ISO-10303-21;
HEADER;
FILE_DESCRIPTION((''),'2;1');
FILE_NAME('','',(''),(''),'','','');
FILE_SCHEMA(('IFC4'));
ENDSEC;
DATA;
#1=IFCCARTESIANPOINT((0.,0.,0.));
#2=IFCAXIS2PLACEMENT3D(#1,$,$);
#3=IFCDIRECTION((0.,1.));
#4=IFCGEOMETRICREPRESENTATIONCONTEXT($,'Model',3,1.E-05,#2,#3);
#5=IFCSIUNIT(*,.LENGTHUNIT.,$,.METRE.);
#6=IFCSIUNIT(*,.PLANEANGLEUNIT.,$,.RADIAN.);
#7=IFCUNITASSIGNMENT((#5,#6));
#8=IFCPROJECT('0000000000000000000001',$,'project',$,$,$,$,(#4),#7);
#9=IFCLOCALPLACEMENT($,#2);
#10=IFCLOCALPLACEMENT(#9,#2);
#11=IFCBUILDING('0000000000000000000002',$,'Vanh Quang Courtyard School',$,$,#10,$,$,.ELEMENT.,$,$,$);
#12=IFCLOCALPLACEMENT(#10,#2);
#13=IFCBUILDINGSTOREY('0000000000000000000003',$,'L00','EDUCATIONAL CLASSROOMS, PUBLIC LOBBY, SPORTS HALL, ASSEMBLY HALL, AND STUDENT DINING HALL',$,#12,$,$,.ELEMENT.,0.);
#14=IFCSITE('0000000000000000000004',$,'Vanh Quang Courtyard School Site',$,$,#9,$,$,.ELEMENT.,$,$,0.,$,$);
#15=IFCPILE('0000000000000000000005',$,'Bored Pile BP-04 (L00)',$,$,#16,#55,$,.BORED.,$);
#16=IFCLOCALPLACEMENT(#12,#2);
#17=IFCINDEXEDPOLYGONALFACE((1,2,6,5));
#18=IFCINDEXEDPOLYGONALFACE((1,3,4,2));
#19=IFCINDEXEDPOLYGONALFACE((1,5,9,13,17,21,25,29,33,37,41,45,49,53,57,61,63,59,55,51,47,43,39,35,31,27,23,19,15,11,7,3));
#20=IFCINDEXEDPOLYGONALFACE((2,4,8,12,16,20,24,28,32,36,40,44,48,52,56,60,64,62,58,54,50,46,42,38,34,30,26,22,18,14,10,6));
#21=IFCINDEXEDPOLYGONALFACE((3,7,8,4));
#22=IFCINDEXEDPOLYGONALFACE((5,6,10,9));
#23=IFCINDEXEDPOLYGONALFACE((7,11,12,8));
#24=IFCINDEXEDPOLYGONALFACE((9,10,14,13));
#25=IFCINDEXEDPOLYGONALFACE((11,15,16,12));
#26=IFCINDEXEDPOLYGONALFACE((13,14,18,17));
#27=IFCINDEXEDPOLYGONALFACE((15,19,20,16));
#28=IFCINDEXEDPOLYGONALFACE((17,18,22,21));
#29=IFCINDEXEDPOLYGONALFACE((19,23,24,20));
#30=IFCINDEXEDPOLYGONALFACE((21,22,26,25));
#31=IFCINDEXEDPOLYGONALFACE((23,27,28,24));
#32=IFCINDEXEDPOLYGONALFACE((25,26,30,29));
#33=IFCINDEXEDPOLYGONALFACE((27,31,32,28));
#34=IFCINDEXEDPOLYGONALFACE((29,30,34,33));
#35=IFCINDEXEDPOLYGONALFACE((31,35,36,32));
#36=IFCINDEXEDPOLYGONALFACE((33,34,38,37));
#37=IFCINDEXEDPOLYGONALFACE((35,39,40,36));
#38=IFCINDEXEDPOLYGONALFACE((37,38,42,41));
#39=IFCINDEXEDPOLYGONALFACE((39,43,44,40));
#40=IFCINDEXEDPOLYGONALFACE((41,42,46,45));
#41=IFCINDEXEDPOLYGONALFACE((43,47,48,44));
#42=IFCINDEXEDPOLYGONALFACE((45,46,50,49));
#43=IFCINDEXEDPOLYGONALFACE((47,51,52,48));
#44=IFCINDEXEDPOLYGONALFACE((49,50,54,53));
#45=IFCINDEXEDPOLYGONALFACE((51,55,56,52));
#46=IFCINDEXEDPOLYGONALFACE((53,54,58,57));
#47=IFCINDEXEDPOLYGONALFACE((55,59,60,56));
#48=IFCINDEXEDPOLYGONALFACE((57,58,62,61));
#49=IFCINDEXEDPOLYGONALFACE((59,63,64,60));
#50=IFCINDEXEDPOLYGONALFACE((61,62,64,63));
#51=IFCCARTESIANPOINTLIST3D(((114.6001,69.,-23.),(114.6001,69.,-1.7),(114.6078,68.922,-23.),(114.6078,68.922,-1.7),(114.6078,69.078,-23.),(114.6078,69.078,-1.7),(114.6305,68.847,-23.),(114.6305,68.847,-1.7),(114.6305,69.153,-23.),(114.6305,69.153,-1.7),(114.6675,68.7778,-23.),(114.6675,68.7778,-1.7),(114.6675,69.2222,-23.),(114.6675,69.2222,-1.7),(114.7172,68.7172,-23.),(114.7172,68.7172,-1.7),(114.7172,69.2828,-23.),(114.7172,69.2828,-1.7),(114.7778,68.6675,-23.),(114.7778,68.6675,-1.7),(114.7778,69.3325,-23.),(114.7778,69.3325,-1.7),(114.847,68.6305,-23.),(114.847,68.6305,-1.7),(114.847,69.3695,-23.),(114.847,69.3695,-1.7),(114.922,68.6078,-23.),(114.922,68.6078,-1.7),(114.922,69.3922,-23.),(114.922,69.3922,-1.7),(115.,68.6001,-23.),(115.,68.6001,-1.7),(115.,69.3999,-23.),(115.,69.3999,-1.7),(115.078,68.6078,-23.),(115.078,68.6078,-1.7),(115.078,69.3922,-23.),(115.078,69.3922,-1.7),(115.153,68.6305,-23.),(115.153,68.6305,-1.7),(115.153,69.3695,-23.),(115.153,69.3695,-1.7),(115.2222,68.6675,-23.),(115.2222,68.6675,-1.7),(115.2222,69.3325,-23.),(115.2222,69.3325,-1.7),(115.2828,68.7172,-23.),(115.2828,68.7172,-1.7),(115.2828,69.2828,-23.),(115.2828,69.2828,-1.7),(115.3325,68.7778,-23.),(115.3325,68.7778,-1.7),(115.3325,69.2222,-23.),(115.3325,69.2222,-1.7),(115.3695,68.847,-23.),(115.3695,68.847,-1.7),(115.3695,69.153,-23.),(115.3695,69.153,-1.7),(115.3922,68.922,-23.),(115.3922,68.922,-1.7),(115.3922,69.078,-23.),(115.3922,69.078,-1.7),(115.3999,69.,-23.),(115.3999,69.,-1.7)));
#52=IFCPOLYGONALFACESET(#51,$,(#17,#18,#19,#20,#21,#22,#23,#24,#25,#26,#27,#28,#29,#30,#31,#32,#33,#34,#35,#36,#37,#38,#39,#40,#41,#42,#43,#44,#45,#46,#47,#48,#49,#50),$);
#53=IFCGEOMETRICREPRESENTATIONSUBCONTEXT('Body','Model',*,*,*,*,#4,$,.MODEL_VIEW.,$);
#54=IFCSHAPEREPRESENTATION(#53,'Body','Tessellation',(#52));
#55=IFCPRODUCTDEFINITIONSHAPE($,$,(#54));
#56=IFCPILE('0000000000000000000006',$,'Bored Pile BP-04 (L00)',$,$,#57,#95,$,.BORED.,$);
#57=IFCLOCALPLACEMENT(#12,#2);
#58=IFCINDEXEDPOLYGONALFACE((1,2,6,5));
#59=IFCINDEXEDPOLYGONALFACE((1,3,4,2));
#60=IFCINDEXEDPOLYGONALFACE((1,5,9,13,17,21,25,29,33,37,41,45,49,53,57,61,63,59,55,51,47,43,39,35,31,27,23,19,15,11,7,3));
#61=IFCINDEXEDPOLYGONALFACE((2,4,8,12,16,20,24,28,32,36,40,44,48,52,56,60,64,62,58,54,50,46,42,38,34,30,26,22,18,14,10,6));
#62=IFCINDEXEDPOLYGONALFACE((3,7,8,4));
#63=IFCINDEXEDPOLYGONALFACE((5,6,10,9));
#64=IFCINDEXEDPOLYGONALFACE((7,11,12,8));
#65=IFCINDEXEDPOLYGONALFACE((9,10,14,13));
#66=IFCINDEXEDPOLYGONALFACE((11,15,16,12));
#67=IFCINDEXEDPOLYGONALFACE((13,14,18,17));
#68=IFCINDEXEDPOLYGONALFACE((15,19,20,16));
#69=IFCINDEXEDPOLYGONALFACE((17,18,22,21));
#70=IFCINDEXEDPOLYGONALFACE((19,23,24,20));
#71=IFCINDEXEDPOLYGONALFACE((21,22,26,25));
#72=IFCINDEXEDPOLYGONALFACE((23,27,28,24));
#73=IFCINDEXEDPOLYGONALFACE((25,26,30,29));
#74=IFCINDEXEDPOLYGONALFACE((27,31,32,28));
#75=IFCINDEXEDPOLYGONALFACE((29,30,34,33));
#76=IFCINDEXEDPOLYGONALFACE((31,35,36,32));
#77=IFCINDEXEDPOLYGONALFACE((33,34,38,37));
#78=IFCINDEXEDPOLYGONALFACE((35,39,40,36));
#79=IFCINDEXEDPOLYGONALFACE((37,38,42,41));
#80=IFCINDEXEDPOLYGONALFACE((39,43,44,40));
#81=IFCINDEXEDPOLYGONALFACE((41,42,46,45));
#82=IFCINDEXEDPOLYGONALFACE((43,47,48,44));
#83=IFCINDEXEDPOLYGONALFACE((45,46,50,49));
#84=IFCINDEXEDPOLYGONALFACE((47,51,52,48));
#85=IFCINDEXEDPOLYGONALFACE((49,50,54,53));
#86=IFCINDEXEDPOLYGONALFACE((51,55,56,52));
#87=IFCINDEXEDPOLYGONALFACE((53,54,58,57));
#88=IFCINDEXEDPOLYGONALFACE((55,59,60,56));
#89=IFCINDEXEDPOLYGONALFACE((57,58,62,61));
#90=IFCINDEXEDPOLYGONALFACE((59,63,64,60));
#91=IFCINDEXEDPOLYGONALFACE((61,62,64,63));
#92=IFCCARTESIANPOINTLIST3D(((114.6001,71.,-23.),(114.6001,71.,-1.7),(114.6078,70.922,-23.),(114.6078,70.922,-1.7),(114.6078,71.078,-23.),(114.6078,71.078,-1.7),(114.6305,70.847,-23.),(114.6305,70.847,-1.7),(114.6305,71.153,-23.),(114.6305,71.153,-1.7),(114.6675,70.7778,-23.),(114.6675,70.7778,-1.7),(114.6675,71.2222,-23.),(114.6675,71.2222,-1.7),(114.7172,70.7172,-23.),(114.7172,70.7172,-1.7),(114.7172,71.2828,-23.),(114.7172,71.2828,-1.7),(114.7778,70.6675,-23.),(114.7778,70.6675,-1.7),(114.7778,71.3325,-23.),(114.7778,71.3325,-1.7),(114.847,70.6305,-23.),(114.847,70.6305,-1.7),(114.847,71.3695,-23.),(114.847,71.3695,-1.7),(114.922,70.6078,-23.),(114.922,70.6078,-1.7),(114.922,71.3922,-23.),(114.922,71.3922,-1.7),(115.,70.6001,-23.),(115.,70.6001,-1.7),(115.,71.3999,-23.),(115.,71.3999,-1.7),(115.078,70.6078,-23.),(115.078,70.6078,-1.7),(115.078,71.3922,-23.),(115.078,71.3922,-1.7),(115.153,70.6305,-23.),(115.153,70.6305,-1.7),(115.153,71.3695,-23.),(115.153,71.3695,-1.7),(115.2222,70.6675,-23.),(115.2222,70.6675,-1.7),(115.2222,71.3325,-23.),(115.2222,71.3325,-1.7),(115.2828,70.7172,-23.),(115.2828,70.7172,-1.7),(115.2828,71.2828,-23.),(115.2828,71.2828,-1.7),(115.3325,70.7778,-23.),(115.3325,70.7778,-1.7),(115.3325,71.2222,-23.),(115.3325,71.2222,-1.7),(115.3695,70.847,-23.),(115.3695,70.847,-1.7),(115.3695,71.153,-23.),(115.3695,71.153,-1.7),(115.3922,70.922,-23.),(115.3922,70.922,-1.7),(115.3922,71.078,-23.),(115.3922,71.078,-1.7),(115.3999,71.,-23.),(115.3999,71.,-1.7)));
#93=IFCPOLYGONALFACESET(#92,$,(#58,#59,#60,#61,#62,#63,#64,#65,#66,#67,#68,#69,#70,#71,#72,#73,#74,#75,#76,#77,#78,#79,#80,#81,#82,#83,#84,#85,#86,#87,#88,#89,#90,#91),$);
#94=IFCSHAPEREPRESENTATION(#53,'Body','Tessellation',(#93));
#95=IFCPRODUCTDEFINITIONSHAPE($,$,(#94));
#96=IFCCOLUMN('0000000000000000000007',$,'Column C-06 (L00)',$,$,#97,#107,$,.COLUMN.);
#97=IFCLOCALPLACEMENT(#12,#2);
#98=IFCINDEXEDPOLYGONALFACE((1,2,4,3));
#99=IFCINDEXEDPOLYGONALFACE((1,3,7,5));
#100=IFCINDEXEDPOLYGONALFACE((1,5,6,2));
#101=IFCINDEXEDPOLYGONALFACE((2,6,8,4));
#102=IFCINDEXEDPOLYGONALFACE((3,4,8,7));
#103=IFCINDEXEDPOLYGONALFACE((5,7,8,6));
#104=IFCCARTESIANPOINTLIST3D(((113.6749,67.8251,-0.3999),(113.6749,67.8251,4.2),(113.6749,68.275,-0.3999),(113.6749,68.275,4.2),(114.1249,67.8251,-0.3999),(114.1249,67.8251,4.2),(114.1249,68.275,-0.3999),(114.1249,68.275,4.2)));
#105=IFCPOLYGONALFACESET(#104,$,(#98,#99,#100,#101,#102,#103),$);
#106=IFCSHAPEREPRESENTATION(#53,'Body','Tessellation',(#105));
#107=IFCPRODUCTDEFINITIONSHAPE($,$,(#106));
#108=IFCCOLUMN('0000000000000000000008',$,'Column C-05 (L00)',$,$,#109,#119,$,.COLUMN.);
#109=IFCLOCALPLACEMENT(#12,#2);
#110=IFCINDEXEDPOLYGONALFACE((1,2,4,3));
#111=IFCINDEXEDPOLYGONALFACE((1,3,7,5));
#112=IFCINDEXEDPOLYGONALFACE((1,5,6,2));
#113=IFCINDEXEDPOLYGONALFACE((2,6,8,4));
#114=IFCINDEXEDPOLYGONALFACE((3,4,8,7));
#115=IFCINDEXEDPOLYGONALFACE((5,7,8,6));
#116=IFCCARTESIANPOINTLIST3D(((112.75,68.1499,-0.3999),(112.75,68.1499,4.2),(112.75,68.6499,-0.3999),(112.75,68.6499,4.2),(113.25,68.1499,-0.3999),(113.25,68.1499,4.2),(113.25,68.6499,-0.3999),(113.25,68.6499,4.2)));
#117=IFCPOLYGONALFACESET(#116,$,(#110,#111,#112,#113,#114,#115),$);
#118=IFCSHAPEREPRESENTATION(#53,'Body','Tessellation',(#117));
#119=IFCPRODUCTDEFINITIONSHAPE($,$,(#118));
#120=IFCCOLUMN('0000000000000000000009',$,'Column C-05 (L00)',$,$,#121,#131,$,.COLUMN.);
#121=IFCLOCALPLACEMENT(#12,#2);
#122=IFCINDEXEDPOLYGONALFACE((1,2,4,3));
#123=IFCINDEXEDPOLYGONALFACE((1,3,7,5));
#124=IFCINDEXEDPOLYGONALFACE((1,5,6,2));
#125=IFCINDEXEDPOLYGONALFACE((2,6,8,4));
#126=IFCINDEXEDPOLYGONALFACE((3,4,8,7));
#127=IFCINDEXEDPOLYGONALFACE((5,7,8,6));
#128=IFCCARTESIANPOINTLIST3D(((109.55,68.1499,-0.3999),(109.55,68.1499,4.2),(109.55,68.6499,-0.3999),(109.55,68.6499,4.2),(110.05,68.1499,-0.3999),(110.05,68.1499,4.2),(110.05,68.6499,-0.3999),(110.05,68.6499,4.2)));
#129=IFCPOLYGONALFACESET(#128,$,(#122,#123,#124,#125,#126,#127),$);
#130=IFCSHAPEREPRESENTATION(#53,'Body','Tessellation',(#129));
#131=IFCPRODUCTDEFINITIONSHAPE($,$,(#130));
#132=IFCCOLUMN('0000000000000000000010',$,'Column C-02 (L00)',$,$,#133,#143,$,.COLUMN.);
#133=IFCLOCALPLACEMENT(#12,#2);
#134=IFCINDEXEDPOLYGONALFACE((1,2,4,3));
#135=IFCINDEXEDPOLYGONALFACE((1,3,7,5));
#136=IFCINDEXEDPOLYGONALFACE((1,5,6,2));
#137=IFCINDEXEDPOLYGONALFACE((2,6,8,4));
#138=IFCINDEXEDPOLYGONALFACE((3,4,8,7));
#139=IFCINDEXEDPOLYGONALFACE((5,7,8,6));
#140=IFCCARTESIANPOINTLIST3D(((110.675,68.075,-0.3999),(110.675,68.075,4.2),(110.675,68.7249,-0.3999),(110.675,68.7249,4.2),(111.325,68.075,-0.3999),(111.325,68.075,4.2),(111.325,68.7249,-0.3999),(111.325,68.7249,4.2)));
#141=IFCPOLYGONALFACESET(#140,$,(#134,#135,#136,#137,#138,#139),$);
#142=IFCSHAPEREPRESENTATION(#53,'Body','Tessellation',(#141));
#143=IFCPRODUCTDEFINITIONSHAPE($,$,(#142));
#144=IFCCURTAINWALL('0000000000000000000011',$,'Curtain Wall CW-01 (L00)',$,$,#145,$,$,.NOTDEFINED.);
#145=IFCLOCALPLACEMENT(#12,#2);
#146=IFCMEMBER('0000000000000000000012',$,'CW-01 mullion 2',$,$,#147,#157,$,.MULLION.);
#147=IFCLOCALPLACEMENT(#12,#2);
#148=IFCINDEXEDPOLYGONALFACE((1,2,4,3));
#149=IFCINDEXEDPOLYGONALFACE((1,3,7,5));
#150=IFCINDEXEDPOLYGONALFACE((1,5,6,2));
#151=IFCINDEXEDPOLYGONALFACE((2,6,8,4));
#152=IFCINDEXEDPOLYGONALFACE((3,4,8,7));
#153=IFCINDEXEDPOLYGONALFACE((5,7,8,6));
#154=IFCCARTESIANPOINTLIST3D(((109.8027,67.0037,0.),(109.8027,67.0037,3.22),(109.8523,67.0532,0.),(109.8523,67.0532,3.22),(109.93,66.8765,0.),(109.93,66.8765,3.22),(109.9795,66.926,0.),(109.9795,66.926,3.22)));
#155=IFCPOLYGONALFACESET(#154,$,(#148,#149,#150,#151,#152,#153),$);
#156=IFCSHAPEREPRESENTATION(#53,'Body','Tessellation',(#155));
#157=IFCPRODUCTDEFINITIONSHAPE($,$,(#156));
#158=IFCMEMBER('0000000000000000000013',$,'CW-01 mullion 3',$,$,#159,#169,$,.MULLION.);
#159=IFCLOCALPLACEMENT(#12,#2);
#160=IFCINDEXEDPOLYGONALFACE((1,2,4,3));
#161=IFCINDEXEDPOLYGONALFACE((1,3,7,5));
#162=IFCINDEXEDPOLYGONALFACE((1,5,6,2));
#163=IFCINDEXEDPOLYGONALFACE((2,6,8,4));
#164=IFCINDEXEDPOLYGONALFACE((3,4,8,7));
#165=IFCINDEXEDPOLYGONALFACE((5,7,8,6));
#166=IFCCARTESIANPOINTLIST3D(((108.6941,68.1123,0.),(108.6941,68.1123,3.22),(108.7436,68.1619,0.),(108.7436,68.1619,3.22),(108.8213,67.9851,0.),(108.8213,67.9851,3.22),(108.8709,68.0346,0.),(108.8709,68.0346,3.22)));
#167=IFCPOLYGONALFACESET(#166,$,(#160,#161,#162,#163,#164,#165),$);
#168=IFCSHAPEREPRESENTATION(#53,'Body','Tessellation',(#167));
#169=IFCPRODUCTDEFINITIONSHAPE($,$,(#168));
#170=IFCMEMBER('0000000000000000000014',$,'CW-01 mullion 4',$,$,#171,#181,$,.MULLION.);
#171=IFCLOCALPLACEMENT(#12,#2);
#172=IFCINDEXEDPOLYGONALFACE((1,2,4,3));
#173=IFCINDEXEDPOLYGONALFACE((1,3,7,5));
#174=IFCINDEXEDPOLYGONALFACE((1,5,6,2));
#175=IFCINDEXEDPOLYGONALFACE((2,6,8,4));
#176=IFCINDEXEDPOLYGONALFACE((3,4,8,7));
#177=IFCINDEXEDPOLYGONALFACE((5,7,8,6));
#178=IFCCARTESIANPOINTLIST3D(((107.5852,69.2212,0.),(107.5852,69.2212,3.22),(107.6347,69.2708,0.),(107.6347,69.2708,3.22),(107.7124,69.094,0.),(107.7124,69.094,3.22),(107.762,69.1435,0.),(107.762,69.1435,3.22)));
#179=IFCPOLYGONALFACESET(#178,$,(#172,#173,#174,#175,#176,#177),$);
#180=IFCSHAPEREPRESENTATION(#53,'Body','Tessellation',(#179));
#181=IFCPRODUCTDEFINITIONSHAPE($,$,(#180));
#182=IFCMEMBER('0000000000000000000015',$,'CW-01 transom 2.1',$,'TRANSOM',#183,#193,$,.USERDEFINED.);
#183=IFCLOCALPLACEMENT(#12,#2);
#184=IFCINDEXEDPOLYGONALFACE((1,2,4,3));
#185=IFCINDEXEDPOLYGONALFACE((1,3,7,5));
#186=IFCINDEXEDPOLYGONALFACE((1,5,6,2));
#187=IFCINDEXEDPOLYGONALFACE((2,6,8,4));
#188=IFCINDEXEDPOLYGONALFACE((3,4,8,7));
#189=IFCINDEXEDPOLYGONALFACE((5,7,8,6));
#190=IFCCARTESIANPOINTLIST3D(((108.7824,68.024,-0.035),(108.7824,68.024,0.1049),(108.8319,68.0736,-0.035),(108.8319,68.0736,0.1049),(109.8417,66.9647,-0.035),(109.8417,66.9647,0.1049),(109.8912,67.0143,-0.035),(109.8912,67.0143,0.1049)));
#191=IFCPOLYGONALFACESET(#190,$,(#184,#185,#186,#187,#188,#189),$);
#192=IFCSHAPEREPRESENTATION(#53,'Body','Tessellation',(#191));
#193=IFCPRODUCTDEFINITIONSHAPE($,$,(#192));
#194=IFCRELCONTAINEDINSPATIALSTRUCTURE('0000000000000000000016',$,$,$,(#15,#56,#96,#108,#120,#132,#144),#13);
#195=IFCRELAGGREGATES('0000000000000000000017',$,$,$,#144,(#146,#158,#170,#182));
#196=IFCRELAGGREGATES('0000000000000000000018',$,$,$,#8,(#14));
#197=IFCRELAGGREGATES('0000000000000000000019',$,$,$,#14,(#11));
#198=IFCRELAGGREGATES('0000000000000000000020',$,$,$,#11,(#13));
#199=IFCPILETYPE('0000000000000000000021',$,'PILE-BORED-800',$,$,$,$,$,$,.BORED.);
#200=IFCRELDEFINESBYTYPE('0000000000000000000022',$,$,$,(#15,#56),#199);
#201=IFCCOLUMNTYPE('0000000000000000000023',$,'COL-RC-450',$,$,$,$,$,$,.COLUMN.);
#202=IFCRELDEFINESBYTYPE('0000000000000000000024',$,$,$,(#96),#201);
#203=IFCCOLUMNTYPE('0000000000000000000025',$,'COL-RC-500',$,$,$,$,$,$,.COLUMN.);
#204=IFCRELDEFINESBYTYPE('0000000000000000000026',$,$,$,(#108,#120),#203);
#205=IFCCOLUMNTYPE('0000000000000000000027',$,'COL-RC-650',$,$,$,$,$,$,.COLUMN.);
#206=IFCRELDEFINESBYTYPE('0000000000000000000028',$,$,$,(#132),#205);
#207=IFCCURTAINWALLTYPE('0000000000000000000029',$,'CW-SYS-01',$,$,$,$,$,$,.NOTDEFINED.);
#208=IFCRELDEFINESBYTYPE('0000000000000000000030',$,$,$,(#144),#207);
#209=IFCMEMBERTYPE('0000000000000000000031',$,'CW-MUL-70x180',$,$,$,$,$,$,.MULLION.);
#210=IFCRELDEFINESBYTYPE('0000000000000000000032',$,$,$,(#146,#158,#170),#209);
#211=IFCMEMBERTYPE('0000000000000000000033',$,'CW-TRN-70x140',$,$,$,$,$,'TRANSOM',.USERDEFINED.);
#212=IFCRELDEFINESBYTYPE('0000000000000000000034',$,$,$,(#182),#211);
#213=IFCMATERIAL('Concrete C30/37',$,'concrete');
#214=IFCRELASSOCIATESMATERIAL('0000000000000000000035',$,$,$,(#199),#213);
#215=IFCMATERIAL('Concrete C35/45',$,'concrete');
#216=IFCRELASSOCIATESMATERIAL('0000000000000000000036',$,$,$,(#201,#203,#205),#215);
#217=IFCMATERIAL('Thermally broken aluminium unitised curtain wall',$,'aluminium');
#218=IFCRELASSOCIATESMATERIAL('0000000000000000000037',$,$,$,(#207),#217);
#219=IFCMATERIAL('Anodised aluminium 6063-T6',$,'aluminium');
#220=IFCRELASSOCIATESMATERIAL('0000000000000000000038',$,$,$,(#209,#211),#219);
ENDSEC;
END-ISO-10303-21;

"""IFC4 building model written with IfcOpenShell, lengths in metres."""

from ifc_helpers import new_model, si_unit, direction, frame, origin, origin_2d, place, context, subcontext, project, spatial, rectangle, circle, extrude, material, material_profile, profile_set, type_object, element, aggregate, save


model = new_model("IFC4")

# Units and contexts
model_context = context("Model", 3, precision=1e-05, world=origin(), true_north=direction((0.0, 1.0)))
body_context = subcontext(model_context, "Body", "Model", "MODEL_VIEW")
ifc_project = project(units=[si_unit("LENGTHUNIT", "METRE"), si_unit("PLANEANGLEUNIT", "RADIAN")], contexts=[model_context])

# Site, building, storey
site_placement = place(None, origin())
site = spatial("IfcSite", under=ifc_project, at=site_placement, Name="Vanh Quang Courtyard School Site", CompositionType="ELEMENT", RefElevation=0.0)
building_placement = place(site_placement, origin())
building = spatial("IfcBuilding", under=site, at=building_placement, Name="Vanh Quang Courtyard School", CompositionType="ELEMENT")
storey_placement = place(building_placement, origin())
storey = spatial("IfcBuildingStorey", under=building, at=storey_placement, Name="L00", Description="EDUCATIONAL CLASSROOMS, PUBLIC LOBBY, SPORTS HALL, ASSEMBLY HALL, AND STUDENT DINING HALL", CompositionType="ELEMENT", Elevation=0.0)

# Shared definitions
ifc_material_1 = material(Name="Concrete C35/45", Category="concrete")

# Piles
ifc_material_2 = material(Name="Concrete C30/37", Category="concrete")
ifc_material_profile_1 = material_profile(ifc_material_2, circle(Radius=0.3999, at=origin_2d()), Name="PILE D800")
ifc_profile_set_1 = profile_set([ifc_material_profile_1], Name="Concrete C30/37")
pile_type = type_object("IfcPileType", Name="PILE-BORED-800", PredefinedType="BORED", material=ifc_profile_set_1)
for number, where, z_axis, x_axis, name in (
    (1, (115.0, 69.0, -1.7), (0.0, 0.0, -1.0), (1.0, 0.0, 0.0), "Bored Pile BP-04 (L00)"),
    (2, (115.0, 71.0, -1.7), (0.0, 0.0, -1.0), (1.0, 0.0, 0.0), "Bored Pile BP-04 (L00)"),
):
    element("IfcPile", number, at=place(storey_placement, frame(where, z_axis=z_axis, x_axis=x_axis)), inside=storey, type_object=pile_type, Name=name, PredefinedType="BORED", context=body_context, shape_type="SweptSolid", body=[
        extrude(circle(Radius=0.3999, at=origin_2d()), origin(), (0.0, 0.0, 1.0), 21.3),
    ])

# Columns
ifc_material_profile_2 = material_profile(ifc_material_1, rectangle(XDim=0.45, YDim=0.45, at=origin_2d()), Name="RC-COL 450x450")
ifc_profile_set_2 = profile_set([ifc_material_profile_2], Name="Concrete C35/45")
column_type_1 = type_object("IfcColumnType", Name="COL-RC-450", PredefinedType="COLUMN", material=ifc_profile_set_2)
column_1_placement = place(storey_placement, frame((113.8999, 68.05, -0.3999), z_axis=(0.0, 0.0, 1.0), x_axis=(1.0, 0.0, 0.0)))
element("IfcColumn", 3, at=column_1_placement, inside=storey, type_object=column_type_1, Name="Column C-06 (L00)", PredefinedType="COLUMN", context=body_context, shape_type="SweptSolid", body=[
    extrude(rectangle(XDim=0.45, YDim=0.45, at=origin_2d()), origin(), (0.0, 0.0, 1.0), 4.5999),
])
ifc_material_profile_3 = material_profile(ifc_material_1, rectangle(XDim=0.5, YDim=0.5, at=origin_2d()), Name="RC-COL 500x500")
ifc_profile_set_3 = profile_set([ifc_material_profile_3], Name="Concrete C35/45")
column_type_2 = type_object("IfcColumnType", Name="COL-RC-500", PredefinedType="COLUMN", material=ifc_profile_set_3)
for number, where, z_axis, x_axis, name in (
    (4, (113.0, 68.3999, -0.3999), (0.0, 0.0, 1.0), (1.0, 0.0, 0.0), "Column C-05 (L00)"),
    (5, (109.8, 68.3999, -0.3999), (0.0, 0.0, 1.0), (1.0, 0.0, 0.0), "Column C-05 (L00)"),
):
    element("IfcColumn", number, at=place(storey_placement, frame(where, z_axis=z_axis, x_axis=x_axis)), inside=storey, type_object=column_type_2, Name=name, PredefinedType="COLUMN", context=body_context, shape_type="SweptSolid", body=[
        extrude(rectangle(XDim=0.5, YDim=0.5, at=origin_2d()), origin(), (0.0, 0.0, 1.0), 4.5999),
    ])
ifc_material_profile_4 = material_profile(ifc_material_1, rectangle(XDim=0.6499, YDim=0.6499, at=origin_2d()), Name="RC-COL 650x650")
ifc_profile_set_4 = profile_set([ifc_material_profile_4], Name="Concrete C35/45")
column_type_3 = type_object("IfcColumnType", Name="COL-RC-650", PredefinedType="COLUMN", material=ifc_profile_set_4)
column_2_placement = place(storey_placement, frame((111.0, 68.3999, -0.3999), z_axis=(0.0, 0.0, 1.0), x_axis=(1.0, 0.0, 0.0)))
element("IfcColumn", 6, at=column_2_placement, inside=storey, type_object=column_type_3, Name="Column C-02 (L00)", PredefinedType="COLUMN", context=body_context, shape_type="SweptSolid", body=[
    extrude(rectangle(XDim=0.6499, YDim=0.6499, at=origin_2d()), origin(), (0.0, 0.0, 1.0), 4.5999),
])

# Curtain wall, members
ifc_material_3 = material(Name="Thermally broken aluminium unitised curtain wall", Category="aluminium")
curtain_wall_type = type_object("IfcCurtainWallType", Name="CW-SYS-01", PredefinedType="NOTDEFINED", material=ifc_material_3)
curtain_wall_placement = place(storey_placement, origin())
curtain_wall = element("IfcCurtainWall", 7, at=curtain_wall_placement, inside=storey, type_object=curtain_wall_type, Name="Curtain Wall CW-01 (L00)", PredefinedType="NOTDEFINED")
ifc_material_4 = material(Name="Anodised aluminium 6063-T6", Category="aluminium")
ifc_material_profile_5 = material_profile(ifc_material_4, rectangle(XDim=0.0701, YDim=0.1799, at=origin_2d()), Name="ALU-MUL 70x180")
ifc_profile_set_5 = profile_set([ifc_material_profile_5], Name="Anodised aluminium 6063-T6")
member_type_1 = type_object("IfcMemberType", Name="CW-MUL-70x180", PredefinedType="MULLION", material=ifc_profile_set_5)
member_1_placement = place(storey_placement, frame((109.8911, 66.9648, 0.0), z_axis=(0.0, 0.0, 1.0), x_axis=(-0.707107, -0.707107, 0.0)))
member_1 = element("IfcMember", 8, at=member_1_placement, type_object=member_type_1, Name="CW-01 mullion 2", PredefinedType="MULLION", context=body_context, shape_type="SweptSolid", body=[
    extrude(rectangle(XDim=0.0701, YDim=0.1799, at=origin_2d()), origin(), (0.0, 0.0, 1.0), 3.22),
])
member_2_placement = place(storey_placement, frame((108.7825, 68.0735, 0.0), z_axis=(0.0, 0.0, 1.0), x_axis=(-0.707107, -0.707107, 0.0)))
member_2 = element("IfcMember", 9, at=member_2_placement, type_object=member_type_1, Name="CW-01 mullion 3", PredefinedType="MULLION", context=body_context, shape_type="SweptSolid", body=[
    extrude(rectangle(XDim=0.0701, YDim=0.1799, at=origin_2d()), origin(), (0.0, 0.0, 1.0), 3.22),
])
member_3_placement = place(storey_placement, frame((107.6736, 69.1824, 0.0), z_axis=(0.0, 0.0, 1.0), x_axis=(-0.707107, -0.707107, 0.0)))
member_3 = element("IfcMember", 10, at=member_3_placement, type_object=member_type_1, Name="CW-01 mullion 4", PredefinedType="MULLION", context=body_context, shape_type="SweptSolid", body=[
    extrude(rectangle(XDim=0.0701, YDim=0.1799, at=origin_2d()), origin(), (0.0, 0.0, 1.0), 3.22),
])
ifc_material_profile_6 = material_profile(ifc_material_4, rectangle(XDim=0.0701, YDim=0.1399, at=origin_2d()), Name="ALU-TRN 70x140")
ifc_profile_set_6 = profile_set([ifc_material_profile_6], Name="Anodised aluminium 6063-T6")
member_type_2 = type_object("IfcMemberType", Name="CW-TRN-70x140", ElementType="TRANSOM", PredefinedType="USERDEFINED", material=ifc_profile_set_6)
member_4_placement = place(storey_placement, frame((109.8665, 66.9895, 0.0349), z_axis=(-0.707107, 0.707107, 0.0), x_axis=(-0.707107, -0.707107, 0.0)))
member_4 = element("IfcMember", 11, at=member_4_placement, type_object=member_type_2, Name="CW-01 transom 2.1", ObjectType="TRANSOM", PredefinedType="USERDEFINED", context=body_context, shape_type="SweptSolid", body=[
    extrude(rectangle(XDim=0.0701, YDim=0.1399, at=origin_2d()), origin(), (0.0, 0.0, 1.0), 1.498),
])
aggregate(curtain_wall, [member_1, member_2, member_3, member_4])

save(model, "model.ifc")
